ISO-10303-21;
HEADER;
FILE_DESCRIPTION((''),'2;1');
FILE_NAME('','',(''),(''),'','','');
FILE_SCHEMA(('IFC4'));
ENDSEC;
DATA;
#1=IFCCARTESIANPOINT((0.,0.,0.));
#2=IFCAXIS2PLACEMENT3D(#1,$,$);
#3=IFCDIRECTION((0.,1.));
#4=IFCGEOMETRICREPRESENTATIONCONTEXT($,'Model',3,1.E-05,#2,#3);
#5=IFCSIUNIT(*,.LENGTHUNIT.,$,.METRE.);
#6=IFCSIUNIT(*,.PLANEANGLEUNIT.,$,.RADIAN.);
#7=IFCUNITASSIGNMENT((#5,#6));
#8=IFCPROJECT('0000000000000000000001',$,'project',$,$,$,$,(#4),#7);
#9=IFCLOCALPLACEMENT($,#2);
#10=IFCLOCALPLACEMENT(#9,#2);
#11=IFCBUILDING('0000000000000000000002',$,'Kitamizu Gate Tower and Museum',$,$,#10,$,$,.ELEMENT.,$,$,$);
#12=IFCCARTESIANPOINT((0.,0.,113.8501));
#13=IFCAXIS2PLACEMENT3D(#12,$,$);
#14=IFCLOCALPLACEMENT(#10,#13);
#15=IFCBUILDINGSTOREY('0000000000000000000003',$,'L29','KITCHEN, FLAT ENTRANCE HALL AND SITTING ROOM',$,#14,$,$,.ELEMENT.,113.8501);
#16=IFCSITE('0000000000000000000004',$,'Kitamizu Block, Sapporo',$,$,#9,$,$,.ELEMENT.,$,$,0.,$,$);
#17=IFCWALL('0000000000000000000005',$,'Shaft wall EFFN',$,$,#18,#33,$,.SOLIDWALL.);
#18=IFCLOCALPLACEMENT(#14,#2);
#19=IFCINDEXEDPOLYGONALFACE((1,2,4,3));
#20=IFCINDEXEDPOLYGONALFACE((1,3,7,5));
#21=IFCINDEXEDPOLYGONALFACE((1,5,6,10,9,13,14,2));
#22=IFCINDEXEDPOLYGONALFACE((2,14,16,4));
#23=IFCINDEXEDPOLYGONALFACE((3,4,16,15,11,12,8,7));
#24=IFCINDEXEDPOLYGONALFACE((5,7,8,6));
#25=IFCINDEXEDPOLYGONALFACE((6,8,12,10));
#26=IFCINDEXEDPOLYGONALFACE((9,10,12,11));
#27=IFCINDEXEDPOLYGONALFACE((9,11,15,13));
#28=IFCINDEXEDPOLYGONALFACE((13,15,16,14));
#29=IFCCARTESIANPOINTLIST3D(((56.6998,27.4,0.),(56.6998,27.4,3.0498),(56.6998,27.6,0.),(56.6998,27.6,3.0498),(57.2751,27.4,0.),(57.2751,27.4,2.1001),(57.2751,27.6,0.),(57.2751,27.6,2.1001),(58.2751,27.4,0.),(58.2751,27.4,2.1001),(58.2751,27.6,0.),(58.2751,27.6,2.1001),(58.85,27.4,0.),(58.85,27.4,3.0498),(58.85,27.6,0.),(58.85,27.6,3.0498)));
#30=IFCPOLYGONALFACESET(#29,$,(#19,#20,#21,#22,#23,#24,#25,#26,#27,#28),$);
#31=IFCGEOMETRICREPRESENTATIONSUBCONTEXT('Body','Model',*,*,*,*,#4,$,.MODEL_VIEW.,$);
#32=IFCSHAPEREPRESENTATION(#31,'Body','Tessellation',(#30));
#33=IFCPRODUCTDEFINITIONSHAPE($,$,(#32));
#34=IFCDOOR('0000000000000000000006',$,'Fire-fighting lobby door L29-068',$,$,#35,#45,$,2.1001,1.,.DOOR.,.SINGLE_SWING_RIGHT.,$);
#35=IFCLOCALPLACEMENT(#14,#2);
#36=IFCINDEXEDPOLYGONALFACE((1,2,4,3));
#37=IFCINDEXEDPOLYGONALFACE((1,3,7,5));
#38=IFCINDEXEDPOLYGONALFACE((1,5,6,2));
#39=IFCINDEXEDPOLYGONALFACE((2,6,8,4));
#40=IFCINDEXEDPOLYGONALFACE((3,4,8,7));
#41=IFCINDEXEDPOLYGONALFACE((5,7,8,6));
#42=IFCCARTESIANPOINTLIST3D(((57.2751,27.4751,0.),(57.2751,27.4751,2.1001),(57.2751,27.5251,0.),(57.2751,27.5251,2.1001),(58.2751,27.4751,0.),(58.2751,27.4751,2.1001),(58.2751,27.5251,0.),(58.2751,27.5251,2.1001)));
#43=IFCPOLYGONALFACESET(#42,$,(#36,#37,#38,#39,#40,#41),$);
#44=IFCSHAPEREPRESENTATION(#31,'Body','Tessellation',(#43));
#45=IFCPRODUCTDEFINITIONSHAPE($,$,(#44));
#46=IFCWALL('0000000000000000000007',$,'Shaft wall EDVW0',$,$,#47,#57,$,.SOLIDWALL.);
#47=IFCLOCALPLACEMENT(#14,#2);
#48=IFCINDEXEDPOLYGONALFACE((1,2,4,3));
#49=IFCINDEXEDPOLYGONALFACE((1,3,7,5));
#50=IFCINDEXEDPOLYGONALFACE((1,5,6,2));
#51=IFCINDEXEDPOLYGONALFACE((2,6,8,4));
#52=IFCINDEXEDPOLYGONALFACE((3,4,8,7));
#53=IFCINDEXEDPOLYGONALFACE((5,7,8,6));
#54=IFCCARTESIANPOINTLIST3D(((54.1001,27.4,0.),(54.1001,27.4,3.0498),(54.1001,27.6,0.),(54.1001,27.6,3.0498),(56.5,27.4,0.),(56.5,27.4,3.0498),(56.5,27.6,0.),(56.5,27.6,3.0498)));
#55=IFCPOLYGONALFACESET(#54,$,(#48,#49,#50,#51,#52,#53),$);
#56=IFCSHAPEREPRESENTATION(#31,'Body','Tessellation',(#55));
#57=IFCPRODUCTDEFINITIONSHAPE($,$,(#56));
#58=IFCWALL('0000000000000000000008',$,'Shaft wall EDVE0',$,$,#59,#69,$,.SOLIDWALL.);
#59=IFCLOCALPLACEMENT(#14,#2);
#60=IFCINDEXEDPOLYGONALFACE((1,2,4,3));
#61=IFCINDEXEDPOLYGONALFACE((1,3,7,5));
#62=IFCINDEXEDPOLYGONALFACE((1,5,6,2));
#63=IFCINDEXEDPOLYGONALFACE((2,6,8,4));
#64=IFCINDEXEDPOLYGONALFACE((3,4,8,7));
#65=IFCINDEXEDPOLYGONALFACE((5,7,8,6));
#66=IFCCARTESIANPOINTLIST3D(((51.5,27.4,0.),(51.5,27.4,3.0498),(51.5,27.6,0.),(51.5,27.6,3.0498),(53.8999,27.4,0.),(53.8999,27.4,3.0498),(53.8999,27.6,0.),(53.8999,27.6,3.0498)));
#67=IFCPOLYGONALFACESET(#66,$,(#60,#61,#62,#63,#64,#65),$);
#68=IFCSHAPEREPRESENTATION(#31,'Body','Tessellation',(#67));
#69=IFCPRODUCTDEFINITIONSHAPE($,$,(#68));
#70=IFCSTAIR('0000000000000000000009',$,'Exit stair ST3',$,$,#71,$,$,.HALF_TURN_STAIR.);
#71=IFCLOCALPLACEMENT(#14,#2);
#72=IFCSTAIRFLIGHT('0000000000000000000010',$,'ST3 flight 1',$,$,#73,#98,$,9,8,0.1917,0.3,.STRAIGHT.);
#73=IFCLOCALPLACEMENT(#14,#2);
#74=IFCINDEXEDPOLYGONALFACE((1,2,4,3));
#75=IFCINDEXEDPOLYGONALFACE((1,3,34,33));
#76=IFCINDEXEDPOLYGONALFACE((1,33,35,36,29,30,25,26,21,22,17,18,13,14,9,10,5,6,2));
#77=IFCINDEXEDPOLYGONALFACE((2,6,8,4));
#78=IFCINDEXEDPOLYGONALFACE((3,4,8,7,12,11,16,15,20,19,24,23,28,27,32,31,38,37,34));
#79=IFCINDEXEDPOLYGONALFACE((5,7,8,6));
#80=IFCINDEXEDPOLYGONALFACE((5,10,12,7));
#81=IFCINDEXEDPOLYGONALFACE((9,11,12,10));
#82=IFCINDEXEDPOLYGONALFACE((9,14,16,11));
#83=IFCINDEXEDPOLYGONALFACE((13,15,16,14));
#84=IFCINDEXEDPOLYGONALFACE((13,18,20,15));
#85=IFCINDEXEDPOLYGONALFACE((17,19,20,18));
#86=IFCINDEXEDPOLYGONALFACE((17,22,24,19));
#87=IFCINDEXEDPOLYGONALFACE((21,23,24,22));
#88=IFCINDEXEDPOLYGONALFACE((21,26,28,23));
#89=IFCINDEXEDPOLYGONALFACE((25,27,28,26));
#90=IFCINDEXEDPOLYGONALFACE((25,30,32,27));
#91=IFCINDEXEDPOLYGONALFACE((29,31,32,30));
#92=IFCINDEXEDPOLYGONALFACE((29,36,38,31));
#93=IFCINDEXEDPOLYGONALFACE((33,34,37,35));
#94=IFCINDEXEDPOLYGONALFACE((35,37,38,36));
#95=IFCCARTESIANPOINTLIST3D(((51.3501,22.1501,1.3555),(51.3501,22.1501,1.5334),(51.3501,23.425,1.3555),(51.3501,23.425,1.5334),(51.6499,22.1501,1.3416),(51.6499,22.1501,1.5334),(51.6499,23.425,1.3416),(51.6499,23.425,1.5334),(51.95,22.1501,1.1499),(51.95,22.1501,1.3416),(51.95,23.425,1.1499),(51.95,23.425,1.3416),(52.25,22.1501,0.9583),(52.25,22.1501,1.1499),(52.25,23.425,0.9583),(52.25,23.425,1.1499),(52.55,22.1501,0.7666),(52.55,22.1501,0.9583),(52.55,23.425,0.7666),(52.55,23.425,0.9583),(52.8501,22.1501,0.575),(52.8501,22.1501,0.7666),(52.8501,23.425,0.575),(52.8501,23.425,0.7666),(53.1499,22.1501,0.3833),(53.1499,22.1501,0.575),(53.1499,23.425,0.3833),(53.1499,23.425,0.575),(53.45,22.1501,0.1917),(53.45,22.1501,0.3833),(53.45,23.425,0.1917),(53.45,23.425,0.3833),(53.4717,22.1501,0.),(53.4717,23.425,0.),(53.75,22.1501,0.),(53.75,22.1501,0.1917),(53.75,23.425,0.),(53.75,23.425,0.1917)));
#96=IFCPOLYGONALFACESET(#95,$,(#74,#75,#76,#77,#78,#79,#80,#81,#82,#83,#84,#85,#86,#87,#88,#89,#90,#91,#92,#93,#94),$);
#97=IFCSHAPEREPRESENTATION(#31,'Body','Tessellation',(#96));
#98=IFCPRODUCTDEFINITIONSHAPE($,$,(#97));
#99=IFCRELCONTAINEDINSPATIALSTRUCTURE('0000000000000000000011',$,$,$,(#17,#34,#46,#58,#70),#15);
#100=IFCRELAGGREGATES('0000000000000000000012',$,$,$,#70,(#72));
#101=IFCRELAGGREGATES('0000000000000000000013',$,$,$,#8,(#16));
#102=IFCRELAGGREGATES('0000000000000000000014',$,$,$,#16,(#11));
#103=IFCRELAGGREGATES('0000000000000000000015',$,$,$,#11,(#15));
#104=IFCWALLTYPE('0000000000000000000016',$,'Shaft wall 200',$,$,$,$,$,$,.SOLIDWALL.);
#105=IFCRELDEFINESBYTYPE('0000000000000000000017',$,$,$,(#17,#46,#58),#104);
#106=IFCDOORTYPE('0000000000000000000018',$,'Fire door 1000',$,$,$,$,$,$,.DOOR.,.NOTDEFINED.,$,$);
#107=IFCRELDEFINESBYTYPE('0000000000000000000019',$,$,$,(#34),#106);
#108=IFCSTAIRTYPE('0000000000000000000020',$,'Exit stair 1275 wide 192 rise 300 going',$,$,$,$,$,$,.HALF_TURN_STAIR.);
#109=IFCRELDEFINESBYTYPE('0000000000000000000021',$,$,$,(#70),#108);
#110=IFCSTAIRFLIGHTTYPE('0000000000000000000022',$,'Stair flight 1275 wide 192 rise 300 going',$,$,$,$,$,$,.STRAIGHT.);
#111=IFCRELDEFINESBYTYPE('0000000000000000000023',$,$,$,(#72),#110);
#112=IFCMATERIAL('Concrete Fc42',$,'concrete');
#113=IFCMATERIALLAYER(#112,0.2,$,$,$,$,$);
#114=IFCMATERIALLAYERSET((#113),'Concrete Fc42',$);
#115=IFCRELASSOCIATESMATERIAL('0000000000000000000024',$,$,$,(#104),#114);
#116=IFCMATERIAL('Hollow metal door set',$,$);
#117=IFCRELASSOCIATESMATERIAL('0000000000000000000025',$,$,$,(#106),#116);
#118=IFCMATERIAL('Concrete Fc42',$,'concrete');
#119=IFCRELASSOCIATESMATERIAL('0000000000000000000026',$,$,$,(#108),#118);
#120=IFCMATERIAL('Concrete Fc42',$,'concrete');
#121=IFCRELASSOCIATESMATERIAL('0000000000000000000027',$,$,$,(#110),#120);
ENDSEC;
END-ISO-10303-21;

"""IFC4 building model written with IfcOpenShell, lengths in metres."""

from ifc_helpers import new_model, si_unit, direction, frame, frame_2d, origin, place, context, subcontext, project, spatial, polyline, rectangle, outline, extrude, material, layer, layer_set, type_object, element, fill, aggregate, save


model = new_model("IFC4")

# Units and contexts
model_context = context("Model", 3, precision=1e-05, world=origin(), true_north=direction((0.0, 1.0)))
body_context = subcontext(model_context, "Body", "Model", "MODEL_VIEW")
ifc_project = project(units=[si_unit("LENGTHUNIT", "METRE"), si_unit("PLANEANGLEUNIT", "RADIAN")], contexts=[model_context])

# Site, building, storey
site_placement = place(None, origin())
site = spatial("IfcSite", under=ifc_project, at=site_placement, Name="Kitamizu Block, Sapporo", CompositionType="ELEMENT", RefElevation=0.0)
building_placement = place(site_placement, origin())
building = spatial("IfcBuilding", under=site, at=building_placement, Name="Kitamizu Gate Tower and Museum", CompositionType="ELEMENT")
storey_placement = place(building_placement, frame((0.0, 0.0, 113.8501)))
storey = spatial("IfcBuildingStorey", under=building, at=storey_placement, Name="L29", Description="KITCHEN, FLAT ENTRANCE HALL AND SITTING ROOM", CompositionType="ELEMENT", Elevation=113.8501)

# Shared definitions
ifc_material_1 = material(Name="Concrete Fc42", Category="concrete")
ifc_layer = layer(ifc_material_1, 0.2)
ifc_layer_set = layer_set([ifc_layer], Name="Concrete Fc42")
wall_type = type_object("IfcWallType", Name="Shaft wall 200", PredefinedType="SOLIDWALL", material=ifc_layer_set)
ifc_material_2 = material(Name="Hollow metal door set")
door_type_1 = type_object("IfcDoorType", Name="Fire door 1000", OperationType="NOTDEFINED", PredefinedType="DOOR", material=ifc_material_2)

# Wall, opening, door
wall_1_placement = place(storey_placement, frame((58.8501, 27.5, 0.0), z_axis=(0.0, 0.0, 1.0), x_axis=(-1.0, 0.0, 0.0)))
wall_1 = element("IfcWall", 1, at=wall_1_placement, inside=storey, type_object=wall_type, Name="Shaft wall EFFN", PredefinedType="SOLIDWALL", context=body_context, shape_type="SweptSolid", body=[
    extrude(rectangle(XDim=2.1501, YDim=0.2, at=frame_2d((1.0752, 0.0))), origin(), (0.0, 0.0, 1.0), 3.0498),
])
opening_1_placement = place(wall_1_placement, frame((0.575, 0.0, 0.0)))
opening_1 = element("IfcOpeningElement", 2, at=opening_1_placement, cuts=wall_1, PredefinedType="OPENING", context=body_context, shape_type="SweptSolid", body=[
    extrude(rectangle(XDim=1.0, YDim=2.1001, at=frame_2d((0.5, 1.05))), frame((0.0, 0.1099, 0.0), z_axis=(0.0, -1.0, 0.0), x_axis=(1.0, 0.0, 0.0)), (0.0, 0.0, 1.0), 0.22),
])
door_1_placement = place(opening_1_placement, origin())
door_1 = element("IfcDoor", 3, at=door_1_placement, inside=storey, type_object=door_type_1, Name="Fire-fighting lobby door L29-068", OperationType="SINGLE_SWING_RIGHT", OverallHeight=2.1001, OverallWidth=1.0, PredefinedType="DOOR", context=body_context, shape_type="SweptSolid", body=[
    extrude(rectangle(XDim=1.0, YDim=2.1001, at=frame_2d((0.5, 1.05))), frame((0.0, 0.0249, 0.0), z_axis=(0.0, -1.0, 0.0), x_axis=(1.0, 0.0, 0.0)), (0.0, 0.0, 1.0), 0.05),
])
fill(opening_1, door_1)

# Walls
for number, where, z_axis, x_axis, name in (
    (4, (56.5, 27.5, 0.0), (0.0, 0.0, 1.0), (-1.0, 0.0, 0.0), "Shaft wall EDVW0"),
    (5, (53.8999, 27.5, 0.0), (0.0, 0.0, 1.0), (-1.0, 0.0, 0.0), "Shaft wall EDVE0"),
):
    element("IfcWall", number, at=place(storey_placement, frame(where, z_axis=z_axis, x_axis=x_axis)), inside=storey, type_object=wall_type, Name=name, PredefinedType="SOLIDWALL", context=body_context, shape_type="SweptSolid", body=[
        extrude(rectangle(XDim=2.3999, YDim=0.2, at=frame_2d((1.2, 0.0))), origin(), (0.0, 0.0, 1.0), 3.0498),
    ])

# Stair, stair flight
ifc_material_3 = material(Name="Concrete Fc42", Category="concrete")
stair_type = type_object("IfcStairType", Name="Exit stair 1275 wide 192 rise 300 going", PredefinedType="HALF_TURN_STAIR", material=ifc_material_3)
stair_placement = place(storey_placement, origin())
stair = element("IfcStair", 6, at=stair_placement, inside=storey, type_object=stair_type, Name="Exit stair ST3", PredefinedType="HALF_TURN_STAIR")
ifc_material_4 = material(Name="Concrete Fc42", Category="concrete")
stair_flight_type = type_object("IfcStairFlightType", Name="Stair flight 1275 wide 192 rise 300 going", PredefinedType="STRAIGHT", material=ifc_material_4)
stair_flight_placement = place(storey_placement, frame((53.75, 22.7876, 0.0), z_axis=(0.0, 0.0, 1.0), x_axis=(-1.0, 0.0, 0.0)))
stair_flight = element("IfcStairFlight", 7, at=stair_flight_placement, type_object=stair_flight_type, Name="ST3 flight 1", NumberOfRisers=9, NumberOfTreads=8, PredefinedType="STRAIGHT", RiserHeight=0.1917, TreadLength=0.3, context=body_context, shape_type="SweptSolid", body=[
    extrude(outline(polyline([(0.0, 0.0), (0.0, 0.1917), (0.3, 0.1917), (0.3, 0.3833), (0.6001, 0.3833), (0.6001, 0.575), (0.8999, 0.575), (0.8999, 0.7666), (1.2, 0.7666), (1.2, 0.9583), (1.5, 0.9583), (1.5, 1.1499), (1.8, 1.1499), (1.8, 1.3416), (2.1001, 1.3416), (2.1001, 1.5334), (2.3999, 1.5334), (2.3999, 1.7251), (2.3999, 1.3555), (0.2783, 0.0), (0.0, 0.0)])), frame((0.0, 0.6375, 0.0), z_axis=(0.0, -1.0, 0.0), x_axis=(1.0, 0.0, 0.0)), (0.0, 0.0, 1.0), 1.2749),
])
aggregate(stair, [stair_flight])

save(model, "model.ifc")
